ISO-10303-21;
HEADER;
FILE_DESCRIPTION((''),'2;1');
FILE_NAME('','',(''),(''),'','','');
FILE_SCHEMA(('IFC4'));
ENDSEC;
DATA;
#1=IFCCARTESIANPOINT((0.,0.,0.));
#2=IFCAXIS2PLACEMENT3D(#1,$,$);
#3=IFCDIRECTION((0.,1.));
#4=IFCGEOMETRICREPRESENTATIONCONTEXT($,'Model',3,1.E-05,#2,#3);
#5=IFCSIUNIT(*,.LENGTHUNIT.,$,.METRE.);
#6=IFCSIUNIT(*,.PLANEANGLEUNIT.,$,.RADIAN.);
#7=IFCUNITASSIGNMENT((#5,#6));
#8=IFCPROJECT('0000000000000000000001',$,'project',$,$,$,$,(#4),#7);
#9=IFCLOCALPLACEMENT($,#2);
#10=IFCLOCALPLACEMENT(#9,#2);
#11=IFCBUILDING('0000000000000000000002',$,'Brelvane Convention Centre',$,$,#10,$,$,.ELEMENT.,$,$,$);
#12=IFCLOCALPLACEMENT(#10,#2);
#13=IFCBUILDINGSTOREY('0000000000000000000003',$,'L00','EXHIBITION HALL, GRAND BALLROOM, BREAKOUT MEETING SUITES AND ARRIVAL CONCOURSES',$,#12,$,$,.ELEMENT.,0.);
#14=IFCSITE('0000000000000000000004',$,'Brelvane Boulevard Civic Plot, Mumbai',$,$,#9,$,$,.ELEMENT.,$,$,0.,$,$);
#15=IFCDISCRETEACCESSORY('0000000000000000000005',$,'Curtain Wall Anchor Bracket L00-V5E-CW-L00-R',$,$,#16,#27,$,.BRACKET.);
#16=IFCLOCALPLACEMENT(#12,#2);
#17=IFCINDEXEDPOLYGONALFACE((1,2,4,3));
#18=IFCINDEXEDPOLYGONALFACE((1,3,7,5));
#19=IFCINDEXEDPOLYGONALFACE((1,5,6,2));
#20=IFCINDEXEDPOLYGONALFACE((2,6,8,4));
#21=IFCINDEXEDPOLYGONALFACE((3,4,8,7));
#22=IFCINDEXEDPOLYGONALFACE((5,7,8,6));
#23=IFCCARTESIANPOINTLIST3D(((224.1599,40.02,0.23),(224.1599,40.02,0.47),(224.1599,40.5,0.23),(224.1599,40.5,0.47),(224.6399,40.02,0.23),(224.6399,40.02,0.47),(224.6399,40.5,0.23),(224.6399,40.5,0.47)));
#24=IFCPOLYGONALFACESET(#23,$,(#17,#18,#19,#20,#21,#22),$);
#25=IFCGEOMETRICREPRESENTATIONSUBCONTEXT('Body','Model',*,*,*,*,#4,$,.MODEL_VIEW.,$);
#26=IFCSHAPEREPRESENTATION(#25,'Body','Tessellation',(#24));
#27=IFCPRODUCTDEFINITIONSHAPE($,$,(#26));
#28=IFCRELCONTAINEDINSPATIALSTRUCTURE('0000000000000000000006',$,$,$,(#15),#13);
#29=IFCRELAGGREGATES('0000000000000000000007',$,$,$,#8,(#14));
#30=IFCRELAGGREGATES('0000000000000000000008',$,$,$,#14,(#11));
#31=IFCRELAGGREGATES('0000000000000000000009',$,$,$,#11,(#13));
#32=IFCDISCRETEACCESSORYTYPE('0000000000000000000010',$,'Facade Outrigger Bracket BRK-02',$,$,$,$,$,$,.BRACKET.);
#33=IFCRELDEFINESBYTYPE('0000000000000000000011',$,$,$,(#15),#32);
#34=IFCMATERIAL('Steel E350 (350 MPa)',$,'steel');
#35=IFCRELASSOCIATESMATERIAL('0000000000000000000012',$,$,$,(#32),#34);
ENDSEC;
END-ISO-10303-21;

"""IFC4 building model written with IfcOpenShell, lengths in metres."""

from ifc_helpers import new_model, si_unit, direction, frame, origin, origin_2d, place, context, subcontext, project, spatial, rectangle, extrude, material, type_object, element, save


model = new_model("IFC4")

# Units and contexts
model_context = context("Model", 3, precision=1e-05, world=origin(), true_north=direction((0.0, 1.0)))
body_context = subcontext(model_context, "Body", "Model", "MODEL_VIEW")
ifc_project = project(units=[si_unit("LENGTHUNIT", "METRE"), si_unit("PLANEANGLEUNIT", "RADIAN")], contexts=[model_context])

# Site, building, storey
site_placement = place(None, origin())
site = spatial("IfcSite", under=ifc_project, at=site_placement, Name="Brelvane Boulevard Civic Plot, Mumbai", CompositionType="ELEMENT", RefElevation=0.0)
building_placement = place(site_placement, origin())
building = spatial("IfcBuilding", under=site, at=building_placement, Name="Brelvane Convention Centre", CompositionType="ELEMENT")
storey_placement = place(building_placement, origin())
storey = spatial("IfcBuildingStorey", under=building, at=storey_placement, Name="L00", Description="EXHIBITION HALL, GRAND BALLROOM, BREAKOUT MEETING SUITES AND ARRIVAL CONCOURSES", CompositionType="ELEMENT", Elevation=0.0)

# Discrete accessory
ifc_material_1 = material(Name="Steel E350 (350 MPa)", Category="steel")
discrete_accessory_type = type_object("IfcDiscreteAccessoryType", Name="Facade Outrigger Bracket BRK-02", PredefinedType="BRACKET", material=ifc_material_1)
discrete_accessory_placement = place(storey_placement, frame((224.3999, 40.26, 0.23), z_axis=(0.0, 0.0, 1.0), x_axis=(1.0, 0.0, 0.0)))
element("IfcDiscreteAccessory", 1, at=discrete_accessory_placement, inside=storey, type_object=discrete_accessory_type, Name="Curtain Wall Anchor Bracket L00-V5E-CW-L00-R", PredefinedType="BRACKET", context=body_context, shape_type="SweptSolid", body=[
    extrude(rectangle(XDim=0.48, YDim=0.48, at=origin_2d()), origin(), (0.0, 0.0, 1.0), 0.24),
])

save(model, "model.ifc")
